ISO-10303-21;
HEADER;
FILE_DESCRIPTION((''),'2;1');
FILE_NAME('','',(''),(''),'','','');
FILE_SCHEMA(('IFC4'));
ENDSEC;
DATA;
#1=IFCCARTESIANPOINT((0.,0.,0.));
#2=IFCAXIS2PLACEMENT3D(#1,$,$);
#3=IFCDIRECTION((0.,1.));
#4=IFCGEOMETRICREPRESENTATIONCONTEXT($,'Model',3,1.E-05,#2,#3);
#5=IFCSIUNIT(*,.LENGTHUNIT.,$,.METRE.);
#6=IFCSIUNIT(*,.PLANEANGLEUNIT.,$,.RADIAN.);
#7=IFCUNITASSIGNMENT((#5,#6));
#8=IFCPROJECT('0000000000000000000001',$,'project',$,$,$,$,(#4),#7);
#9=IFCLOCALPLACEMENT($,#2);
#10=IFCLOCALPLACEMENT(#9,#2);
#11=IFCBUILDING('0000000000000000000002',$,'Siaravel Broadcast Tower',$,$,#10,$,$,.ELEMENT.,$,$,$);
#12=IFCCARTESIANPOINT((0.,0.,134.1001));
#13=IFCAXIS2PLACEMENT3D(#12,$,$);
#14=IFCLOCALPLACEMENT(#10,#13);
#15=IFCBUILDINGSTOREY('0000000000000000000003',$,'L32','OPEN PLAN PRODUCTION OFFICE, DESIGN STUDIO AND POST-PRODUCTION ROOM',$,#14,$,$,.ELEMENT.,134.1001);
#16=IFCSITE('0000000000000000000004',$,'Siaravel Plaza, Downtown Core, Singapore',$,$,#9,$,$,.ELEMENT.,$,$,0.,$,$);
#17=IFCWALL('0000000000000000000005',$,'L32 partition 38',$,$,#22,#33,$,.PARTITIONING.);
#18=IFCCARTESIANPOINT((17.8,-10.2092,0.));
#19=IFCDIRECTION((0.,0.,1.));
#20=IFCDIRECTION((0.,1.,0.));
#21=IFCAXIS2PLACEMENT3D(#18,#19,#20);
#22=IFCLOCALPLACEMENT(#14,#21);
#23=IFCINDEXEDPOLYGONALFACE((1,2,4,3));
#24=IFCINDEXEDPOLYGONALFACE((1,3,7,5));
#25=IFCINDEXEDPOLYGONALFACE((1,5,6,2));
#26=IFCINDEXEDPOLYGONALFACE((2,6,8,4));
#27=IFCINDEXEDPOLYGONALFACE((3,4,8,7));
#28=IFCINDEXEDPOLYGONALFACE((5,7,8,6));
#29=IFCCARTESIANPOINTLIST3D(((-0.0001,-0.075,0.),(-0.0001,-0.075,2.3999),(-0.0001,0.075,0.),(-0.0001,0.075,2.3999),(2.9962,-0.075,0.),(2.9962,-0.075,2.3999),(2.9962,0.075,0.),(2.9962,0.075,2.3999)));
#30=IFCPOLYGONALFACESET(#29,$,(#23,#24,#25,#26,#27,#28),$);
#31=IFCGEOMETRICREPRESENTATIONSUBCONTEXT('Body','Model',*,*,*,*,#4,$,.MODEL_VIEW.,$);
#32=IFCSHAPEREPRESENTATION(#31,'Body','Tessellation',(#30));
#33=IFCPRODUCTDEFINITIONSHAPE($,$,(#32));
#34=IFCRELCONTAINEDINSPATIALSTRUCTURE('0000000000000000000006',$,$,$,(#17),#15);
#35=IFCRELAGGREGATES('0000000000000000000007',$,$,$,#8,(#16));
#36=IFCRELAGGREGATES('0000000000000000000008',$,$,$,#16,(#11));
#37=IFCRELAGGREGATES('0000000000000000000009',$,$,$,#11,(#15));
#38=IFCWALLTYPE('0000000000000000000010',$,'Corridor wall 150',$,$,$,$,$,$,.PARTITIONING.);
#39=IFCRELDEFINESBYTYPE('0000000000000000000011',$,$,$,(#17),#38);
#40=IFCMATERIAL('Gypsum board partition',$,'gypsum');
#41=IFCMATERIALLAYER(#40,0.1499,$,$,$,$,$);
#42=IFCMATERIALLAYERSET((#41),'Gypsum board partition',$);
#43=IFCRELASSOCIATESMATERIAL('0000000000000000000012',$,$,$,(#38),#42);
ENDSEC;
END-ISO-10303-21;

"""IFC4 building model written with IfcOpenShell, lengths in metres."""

from ifc_helpers import new_model, si_unit, direction, frame, frame_2d, origin, place, context, subcontext, project, spatial, rectangle, extrude, material, layer, layer_set, type_object, element, save


model = new_model("IFC4")

# Units and contexts
model_context = context("Model", 3, precision=1e-05, world=origin(), true_north=direction((0.0, 1.0)))
body_context = subcontext(model_context, "Body", "Model", "MODEL_VIEW")
ifc_project = project(units=[si_unit("LENGTHUNIT", "METRE"), si_unit("PLANEANGLEUNIT", "RADIAN")], contexts=[model_context])

# Site, building, storey
site_placement = place(None, origin())
site = spatial("IfcSite", under=ifc_project, at=site_placement, Name="Siaravel Plaza, Downtown Core, Singapore", CompositionType="ELEMENT", RefElevation=0.0)
building_placement = place(site_placement, origin())
building = spatial("IfcBuilding", under=site, at=building_placement, Name="Siaravel Broadcast Tower", CompositionType="ELEMENT")
storey_placement = place(building_placement, frame((0.0, 0.0, 134.1001)))
storey = spatial("IfcBuildingStorey", under=building, at=storey_placement, Name="L32", Description="OPEN PLAN PRODUCTION OFFICE, DESIGN STUDIO AND POST-PRODUCTION ROOM", CompositionType="ELEMENT", Elevation=134.1001)

# Wall
ifc_material_1 = material(Name="Gypsum board partition", Category="gypsum")
ifc_layer_1 = layer(ifc_material_1, 0.1499)
ifc_layer_set_1 = layer_set([ifc_layer_1], Name="Gypsum board partition")
wall_type_1 = type_object("IfcWallType", Name="Corridor wall 150", PredefinedType="PARTITIONING", material=ifc_layer_set_1)
wall_1_placement = place(storey_placement, frame((17.8, -10.2092, 0.0), z_axis=(0.0, 0.0, 1.0), x_axis=(0.0, 1.0, 0.0)))
element("IfcWall", 1, at=wall_1_placement, inside=storey, type_object=wall_type_1, Name="L32 partition 38", PredefinedType="PARTITIONING", context=body_context, shape_type="SweptSolid", body=[
    extrude(rectangle(XDim=2.9963, YDim=0.1499, at=frame_2d((1.498, 0.0))), origin(), (0.0, 0.0, 1.0), 2.3999),
])

save(model, "model.ifc")
